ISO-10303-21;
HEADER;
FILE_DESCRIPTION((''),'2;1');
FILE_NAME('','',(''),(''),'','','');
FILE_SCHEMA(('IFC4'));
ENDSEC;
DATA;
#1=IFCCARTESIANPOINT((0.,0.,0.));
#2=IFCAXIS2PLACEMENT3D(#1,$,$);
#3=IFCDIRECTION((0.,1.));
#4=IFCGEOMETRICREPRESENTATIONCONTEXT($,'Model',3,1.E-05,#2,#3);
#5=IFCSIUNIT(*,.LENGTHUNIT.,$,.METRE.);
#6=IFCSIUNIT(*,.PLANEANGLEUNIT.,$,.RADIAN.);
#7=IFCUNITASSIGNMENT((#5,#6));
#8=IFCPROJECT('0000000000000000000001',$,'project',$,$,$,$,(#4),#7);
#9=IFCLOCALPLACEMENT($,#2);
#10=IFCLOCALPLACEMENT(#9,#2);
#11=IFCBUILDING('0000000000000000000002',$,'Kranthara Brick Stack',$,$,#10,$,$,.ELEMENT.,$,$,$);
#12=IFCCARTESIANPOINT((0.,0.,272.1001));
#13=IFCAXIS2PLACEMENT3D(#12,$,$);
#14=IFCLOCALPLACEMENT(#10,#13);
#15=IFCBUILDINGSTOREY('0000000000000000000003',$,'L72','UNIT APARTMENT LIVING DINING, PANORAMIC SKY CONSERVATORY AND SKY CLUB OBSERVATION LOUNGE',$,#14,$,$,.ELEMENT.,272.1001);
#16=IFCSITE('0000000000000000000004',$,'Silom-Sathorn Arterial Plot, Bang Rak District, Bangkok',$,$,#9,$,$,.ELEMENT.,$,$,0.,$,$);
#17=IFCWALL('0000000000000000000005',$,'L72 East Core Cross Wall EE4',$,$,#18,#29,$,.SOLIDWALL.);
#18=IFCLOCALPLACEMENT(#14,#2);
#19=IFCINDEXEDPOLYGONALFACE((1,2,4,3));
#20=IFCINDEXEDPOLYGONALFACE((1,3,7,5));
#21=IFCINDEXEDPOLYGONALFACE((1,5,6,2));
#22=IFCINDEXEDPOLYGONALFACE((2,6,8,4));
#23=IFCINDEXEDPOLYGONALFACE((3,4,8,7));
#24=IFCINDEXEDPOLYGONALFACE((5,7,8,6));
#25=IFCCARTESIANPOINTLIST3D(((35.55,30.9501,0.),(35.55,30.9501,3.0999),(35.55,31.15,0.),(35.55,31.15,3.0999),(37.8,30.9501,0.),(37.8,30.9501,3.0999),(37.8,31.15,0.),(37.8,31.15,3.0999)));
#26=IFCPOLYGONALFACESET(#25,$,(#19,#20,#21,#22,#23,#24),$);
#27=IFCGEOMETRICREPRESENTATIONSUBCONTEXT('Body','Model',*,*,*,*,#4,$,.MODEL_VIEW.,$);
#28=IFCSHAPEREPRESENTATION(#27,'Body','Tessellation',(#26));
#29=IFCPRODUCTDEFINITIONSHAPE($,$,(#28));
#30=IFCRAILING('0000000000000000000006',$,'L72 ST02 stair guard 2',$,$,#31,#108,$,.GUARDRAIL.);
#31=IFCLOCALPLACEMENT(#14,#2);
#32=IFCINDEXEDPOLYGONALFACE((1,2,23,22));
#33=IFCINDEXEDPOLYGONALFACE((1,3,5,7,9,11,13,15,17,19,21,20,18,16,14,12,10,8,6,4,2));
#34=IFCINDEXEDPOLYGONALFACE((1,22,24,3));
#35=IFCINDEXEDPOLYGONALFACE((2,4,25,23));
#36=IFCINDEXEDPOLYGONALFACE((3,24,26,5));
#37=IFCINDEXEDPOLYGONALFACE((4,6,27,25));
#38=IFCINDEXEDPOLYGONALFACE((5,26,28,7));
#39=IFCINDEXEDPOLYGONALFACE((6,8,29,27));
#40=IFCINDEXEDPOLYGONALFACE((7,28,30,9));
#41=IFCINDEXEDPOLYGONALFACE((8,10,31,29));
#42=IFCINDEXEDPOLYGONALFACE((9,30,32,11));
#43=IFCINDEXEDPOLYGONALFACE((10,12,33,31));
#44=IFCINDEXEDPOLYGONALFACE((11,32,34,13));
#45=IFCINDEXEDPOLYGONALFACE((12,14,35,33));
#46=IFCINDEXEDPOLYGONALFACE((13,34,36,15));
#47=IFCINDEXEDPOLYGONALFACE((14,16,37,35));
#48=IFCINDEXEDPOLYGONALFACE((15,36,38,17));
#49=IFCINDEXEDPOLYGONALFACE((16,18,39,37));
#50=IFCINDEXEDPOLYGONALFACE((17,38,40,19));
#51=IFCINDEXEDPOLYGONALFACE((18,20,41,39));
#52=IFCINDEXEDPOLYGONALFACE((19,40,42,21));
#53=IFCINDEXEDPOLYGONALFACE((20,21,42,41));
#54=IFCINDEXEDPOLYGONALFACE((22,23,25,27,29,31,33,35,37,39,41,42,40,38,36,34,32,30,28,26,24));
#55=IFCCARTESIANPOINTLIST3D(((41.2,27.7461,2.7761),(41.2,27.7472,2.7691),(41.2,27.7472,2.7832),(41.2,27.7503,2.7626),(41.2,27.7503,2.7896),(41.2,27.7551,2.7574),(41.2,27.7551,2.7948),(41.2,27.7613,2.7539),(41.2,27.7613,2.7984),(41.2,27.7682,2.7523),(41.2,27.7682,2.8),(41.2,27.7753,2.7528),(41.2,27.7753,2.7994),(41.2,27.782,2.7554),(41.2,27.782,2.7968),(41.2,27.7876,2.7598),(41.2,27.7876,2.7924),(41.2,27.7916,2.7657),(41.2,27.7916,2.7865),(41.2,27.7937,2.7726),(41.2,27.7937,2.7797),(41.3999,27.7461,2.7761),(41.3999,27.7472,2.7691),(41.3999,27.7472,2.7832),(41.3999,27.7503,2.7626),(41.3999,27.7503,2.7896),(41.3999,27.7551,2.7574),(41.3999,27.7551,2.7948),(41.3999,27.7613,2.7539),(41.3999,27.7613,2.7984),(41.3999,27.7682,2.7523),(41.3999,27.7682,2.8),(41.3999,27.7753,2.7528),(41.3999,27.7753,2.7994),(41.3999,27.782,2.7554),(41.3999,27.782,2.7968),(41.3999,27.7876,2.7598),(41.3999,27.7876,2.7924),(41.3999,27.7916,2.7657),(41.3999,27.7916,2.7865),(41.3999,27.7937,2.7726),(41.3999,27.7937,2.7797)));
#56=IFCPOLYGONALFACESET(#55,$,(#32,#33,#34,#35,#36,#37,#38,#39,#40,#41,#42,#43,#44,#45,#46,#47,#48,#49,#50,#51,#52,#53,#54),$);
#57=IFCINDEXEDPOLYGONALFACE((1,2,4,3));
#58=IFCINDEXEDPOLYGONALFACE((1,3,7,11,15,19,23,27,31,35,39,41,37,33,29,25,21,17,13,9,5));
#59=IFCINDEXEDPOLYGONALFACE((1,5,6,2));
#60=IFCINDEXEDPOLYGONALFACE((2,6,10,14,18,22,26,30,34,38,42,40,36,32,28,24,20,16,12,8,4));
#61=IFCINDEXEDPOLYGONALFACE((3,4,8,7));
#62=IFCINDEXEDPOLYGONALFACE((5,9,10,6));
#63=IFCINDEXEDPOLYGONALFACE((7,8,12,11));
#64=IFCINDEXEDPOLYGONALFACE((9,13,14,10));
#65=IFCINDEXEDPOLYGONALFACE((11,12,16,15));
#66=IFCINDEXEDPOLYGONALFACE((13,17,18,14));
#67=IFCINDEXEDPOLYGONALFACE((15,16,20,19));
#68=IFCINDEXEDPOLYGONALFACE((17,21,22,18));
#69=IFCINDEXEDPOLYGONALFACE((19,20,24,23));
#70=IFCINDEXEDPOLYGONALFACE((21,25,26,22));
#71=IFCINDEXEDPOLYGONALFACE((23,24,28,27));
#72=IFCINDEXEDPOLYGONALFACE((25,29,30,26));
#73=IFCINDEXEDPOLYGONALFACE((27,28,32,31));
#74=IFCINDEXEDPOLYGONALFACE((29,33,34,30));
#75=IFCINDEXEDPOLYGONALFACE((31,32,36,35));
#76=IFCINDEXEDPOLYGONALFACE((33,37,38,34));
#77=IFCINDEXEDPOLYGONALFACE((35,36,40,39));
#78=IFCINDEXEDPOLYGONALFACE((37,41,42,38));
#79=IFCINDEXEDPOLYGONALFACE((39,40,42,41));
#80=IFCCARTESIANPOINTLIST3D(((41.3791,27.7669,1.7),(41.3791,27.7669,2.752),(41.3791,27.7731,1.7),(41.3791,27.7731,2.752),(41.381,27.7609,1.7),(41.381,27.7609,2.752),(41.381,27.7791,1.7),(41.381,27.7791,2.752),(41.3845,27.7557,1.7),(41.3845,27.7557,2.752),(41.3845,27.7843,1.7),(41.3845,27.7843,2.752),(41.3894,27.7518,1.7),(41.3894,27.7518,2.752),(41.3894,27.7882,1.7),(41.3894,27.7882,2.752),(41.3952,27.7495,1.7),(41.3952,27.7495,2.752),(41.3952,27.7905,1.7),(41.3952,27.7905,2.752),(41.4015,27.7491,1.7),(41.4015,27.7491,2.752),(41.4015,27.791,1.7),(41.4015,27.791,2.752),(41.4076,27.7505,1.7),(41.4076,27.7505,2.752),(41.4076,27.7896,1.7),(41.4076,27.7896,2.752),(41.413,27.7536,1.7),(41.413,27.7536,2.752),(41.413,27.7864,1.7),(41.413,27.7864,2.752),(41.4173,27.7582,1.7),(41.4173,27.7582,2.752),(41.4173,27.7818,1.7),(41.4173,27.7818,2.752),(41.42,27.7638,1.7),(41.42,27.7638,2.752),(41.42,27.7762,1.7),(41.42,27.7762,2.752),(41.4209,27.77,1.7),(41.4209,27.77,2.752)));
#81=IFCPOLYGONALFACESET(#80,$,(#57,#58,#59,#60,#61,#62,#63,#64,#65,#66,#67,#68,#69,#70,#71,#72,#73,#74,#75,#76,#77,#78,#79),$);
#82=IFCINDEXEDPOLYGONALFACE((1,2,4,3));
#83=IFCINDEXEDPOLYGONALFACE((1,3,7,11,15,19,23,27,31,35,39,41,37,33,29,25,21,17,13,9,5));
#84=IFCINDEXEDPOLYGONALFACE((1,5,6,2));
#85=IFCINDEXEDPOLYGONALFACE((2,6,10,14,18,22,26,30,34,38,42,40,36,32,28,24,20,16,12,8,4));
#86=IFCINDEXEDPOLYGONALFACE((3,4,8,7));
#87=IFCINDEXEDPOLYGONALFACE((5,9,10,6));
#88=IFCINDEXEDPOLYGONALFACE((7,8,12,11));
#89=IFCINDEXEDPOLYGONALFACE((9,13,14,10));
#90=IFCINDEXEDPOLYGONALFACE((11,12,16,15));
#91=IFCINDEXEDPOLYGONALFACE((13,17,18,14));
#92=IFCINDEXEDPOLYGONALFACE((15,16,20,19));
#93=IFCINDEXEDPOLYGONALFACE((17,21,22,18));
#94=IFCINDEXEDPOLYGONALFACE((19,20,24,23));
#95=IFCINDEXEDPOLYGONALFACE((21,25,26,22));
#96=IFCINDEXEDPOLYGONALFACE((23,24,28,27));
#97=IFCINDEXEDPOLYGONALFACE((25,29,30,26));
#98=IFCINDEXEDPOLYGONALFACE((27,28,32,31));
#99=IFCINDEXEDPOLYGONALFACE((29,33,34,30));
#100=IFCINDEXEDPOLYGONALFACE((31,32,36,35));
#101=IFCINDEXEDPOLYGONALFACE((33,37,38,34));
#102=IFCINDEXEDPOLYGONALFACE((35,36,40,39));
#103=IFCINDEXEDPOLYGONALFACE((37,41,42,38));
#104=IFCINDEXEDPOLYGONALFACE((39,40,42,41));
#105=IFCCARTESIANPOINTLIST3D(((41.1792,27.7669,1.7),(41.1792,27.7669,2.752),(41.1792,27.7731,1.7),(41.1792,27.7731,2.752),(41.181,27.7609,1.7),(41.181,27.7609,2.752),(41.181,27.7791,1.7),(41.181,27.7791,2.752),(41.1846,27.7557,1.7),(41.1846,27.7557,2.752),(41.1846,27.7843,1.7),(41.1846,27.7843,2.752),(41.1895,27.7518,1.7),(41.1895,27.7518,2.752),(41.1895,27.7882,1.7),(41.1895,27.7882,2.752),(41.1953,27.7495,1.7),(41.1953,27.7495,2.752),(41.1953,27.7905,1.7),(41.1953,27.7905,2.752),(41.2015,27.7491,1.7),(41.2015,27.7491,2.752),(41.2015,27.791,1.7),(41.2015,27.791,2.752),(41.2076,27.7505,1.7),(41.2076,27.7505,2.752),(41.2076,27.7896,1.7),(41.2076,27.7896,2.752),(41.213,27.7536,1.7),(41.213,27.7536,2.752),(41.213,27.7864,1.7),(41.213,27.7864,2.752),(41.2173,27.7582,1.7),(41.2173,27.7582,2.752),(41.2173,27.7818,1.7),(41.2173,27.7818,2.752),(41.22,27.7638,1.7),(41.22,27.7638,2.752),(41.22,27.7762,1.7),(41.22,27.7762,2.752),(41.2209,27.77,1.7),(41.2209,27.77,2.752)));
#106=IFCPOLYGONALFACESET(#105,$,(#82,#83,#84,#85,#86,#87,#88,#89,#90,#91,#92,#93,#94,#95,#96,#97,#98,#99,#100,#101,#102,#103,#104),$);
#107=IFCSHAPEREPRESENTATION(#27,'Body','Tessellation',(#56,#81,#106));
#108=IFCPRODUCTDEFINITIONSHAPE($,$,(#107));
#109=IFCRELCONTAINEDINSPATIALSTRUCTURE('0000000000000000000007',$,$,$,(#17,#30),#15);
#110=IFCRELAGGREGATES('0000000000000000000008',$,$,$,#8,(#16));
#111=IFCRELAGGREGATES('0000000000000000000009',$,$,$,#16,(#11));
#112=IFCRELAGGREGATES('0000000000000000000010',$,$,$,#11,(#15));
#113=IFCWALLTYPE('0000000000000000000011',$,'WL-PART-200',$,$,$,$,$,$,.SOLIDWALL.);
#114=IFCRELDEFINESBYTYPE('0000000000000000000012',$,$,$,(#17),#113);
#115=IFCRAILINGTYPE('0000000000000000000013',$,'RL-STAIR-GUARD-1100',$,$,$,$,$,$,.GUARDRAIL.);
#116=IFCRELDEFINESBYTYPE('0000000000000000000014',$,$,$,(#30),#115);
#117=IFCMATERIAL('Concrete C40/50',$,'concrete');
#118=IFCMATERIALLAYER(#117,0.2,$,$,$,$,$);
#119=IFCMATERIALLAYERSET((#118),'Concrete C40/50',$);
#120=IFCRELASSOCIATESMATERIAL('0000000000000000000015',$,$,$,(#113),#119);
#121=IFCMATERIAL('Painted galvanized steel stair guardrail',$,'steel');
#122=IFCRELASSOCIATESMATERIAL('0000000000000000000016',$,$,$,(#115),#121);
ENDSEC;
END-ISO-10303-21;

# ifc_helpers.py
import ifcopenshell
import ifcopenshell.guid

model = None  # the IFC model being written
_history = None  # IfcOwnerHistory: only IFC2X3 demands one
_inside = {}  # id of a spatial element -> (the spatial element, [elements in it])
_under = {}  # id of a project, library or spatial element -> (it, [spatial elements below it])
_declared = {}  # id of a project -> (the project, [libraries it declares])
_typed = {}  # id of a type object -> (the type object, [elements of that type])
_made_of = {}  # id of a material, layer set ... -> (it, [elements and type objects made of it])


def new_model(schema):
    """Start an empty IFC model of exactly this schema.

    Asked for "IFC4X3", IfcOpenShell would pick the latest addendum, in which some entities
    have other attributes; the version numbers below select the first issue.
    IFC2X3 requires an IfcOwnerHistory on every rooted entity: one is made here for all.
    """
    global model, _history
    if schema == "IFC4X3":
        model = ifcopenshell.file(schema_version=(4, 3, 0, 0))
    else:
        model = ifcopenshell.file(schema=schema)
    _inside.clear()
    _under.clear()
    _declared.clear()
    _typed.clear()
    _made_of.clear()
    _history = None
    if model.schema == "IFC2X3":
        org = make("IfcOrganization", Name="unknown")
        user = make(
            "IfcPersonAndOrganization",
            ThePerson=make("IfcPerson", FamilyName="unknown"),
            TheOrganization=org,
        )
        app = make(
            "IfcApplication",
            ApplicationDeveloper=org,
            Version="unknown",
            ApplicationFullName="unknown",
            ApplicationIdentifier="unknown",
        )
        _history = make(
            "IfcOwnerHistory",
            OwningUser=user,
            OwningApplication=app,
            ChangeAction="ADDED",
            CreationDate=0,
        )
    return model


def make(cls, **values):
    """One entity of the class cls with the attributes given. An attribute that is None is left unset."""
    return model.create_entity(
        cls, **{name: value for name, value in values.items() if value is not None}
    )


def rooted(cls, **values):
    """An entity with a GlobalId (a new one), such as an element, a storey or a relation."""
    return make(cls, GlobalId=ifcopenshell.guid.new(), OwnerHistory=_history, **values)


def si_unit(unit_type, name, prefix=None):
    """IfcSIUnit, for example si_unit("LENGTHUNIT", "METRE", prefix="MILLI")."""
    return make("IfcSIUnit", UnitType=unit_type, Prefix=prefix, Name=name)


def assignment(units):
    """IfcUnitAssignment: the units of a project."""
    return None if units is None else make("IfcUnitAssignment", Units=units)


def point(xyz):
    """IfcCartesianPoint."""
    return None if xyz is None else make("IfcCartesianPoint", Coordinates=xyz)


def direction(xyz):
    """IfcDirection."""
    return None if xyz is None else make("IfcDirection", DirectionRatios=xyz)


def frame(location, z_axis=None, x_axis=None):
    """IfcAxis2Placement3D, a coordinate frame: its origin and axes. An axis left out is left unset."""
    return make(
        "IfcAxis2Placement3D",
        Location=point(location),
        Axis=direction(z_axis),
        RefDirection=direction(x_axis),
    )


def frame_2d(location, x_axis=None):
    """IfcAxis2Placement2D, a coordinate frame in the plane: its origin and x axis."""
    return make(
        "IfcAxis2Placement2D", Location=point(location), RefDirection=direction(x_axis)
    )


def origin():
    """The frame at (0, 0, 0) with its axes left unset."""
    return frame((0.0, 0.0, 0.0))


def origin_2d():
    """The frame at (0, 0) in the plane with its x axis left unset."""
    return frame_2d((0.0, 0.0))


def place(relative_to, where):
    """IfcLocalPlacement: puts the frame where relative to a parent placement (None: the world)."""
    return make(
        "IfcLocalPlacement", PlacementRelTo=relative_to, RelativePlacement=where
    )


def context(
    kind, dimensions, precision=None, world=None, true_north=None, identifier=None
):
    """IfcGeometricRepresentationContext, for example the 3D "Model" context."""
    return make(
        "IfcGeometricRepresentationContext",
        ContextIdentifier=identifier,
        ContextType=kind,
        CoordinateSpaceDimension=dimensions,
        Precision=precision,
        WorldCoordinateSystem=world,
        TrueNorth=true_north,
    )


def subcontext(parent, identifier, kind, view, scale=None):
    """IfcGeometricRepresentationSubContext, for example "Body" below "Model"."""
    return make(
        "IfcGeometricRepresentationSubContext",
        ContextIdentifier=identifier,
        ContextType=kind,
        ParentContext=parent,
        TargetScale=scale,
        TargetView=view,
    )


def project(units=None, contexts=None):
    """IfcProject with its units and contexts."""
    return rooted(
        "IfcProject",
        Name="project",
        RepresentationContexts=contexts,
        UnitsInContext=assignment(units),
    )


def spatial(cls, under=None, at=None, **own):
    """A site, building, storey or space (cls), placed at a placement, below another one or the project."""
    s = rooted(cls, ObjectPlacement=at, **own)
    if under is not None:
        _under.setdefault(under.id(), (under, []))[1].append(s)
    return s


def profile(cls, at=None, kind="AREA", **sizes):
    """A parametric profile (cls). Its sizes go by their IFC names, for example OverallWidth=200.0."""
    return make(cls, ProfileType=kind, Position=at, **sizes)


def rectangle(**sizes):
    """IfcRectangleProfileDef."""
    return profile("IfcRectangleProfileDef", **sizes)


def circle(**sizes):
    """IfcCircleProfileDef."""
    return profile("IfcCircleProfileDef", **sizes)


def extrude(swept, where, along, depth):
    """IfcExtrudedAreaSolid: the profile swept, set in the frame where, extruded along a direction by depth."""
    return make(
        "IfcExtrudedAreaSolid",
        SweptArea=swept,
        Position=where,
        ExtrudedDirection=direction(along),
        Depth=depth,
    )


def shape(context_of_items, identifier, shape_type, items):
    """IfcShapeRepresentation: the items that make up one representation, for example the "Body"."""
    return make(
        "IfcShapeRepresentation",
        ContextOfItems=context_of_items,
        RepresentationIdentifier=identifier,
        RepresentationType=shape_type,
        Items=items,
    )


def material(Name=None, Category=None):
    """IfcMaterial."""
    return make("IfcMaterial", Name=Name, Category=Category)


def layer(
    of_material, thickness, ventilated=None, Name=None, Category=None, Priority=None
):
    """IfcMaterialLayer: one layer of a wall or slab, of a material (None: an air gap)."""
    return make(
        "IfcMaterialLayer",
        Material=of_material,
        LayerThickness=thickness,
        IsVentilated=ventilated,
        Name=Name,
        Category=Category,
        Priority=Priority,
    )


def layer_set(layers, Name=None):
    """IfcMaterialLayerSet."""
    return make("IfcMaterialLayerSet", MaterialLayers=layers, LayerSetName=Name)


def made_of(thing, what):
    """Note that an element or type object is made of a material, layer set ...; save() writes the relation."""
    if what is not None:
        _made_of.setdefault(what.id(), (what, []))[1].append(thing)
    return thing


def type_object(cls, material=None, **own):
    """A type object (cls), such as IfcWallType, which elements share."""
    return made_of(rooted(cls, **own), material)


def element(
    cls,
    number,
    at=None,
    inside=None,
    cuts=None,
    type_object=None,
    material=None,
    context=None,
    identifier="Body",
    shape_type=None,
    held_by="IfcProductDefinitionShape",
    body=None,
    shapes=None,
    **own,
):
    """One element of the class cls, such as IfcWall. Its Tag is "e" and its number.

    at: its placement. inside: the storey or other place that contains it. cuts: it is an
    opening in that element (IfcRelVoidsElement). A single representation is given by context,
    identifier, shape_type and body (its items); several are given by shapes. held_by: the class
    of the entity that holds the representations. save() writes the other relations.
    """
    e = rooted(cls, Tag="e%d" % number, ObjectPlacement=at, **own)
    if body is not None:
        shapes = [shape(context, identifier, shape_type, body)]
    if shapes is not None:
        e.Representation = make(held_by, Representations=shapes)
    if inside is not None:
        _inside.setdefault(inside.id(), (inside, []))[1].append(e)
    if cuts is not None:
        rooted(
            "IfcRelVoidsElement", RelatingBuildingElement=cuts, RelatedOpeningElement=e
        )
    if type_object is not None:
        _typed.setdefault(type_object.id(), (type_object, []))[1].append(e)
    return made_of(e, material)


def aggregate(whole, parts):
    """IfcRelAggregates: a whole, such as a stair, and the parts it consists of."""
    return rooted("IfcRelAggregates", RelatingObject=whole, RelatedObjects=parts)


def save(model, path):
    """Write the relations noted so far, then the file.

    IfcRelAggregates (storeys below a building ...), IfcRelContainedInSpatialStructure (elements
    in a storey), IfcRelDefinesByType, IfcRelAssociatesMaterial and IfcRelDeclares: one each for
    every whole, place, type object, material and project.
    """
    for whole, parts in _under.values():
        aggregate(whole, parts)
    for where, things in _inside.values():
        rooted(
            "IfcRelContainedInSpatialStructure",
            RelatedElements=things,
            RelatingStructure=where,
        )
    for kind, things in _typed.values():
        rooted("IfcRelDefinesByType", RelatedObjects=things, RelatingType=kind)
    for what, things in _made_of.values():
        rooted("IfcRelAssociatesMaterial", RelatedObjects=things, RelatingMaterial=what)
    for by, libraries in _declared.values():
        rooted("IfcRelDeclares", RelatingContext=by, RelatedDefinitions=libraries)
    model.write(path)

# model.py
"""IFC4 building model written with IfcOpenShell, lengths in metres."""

from ifc_helpers import new_model, si_unit, direction, frame, frame_2d, origin, origin_2d, place, context, subcontext, project, spatial, rectangle, circle, extrude, material, layer, layer_set, type_object, element, save


model = new_model("IFC4")

# Units and contexts
model_context = context("Model", 3, precision=1e-05, world=origin(), true_north=direction((0.0, 1.0)))
body_context = subcontext(model_context, "Body", "Model", "MODEL_VIEW")
ifc_project = project(units=[si_unit("LENGTHUNIT", "METRE"), si_unit("PLANEANGLEUNIT", "RADIAN")], contexts=[model_context])

# Site, building, storey
site_placement = place(None, origin())
site = spatial("IfcSite", under=ifc_project, at=site_placement, Name="Silom-Sathorn Arterial Plot, Bang Rak District, Bangkok", CompositionType="ELEMENT", RefElevation=0.0)
building_placement = place(site_placement, origin())
building = spatial("IfcBuilding", under=site, at=building_placement, Name="Kranthara Brick Stack", CompositionType="ELEMENT")
storey_placement = place(building_placement, frame((0.0, 0.0, 272.1001)))
storey = spatial("IfcBuildingStorey", under=building, at=storey_placement, Name="L72", Description="UNIT APARTMENT LIVING DINING, PANORAMIC SKY CONSERVATORY AND SKY CLUB OBSERVATION LOUNGE", CompositionType="ELEMENT", Elevation=272.1001)

# Wall
ifc_material_1 = material(Name="Concrete C40/50", Category="concrete")
ifc_layer_1 = layer(ifc_material_1, 0.2)
ifc_layer_set_1 = layer_set([ifc_layer_1], Name="Concrete C40/50")
wall_type_1 = type_object("IfcWallType", Name="WL-PART-200", PredefinedType="SOLIDWALL", material=ifc_layer_set_1)
wall_1_placement = place(storey_placement, frame((35.55, 31.05, 0.0), z_axis=(0.0, 0.0, 1.0), x_axis=(1.0, 0.0, 0.0)))
element("IfcWall", 1, at=wall_1_placement, inside=storey, type_object=wall_type_1, Name="L72 East Core Cross Wall EE4", PredefinedType="SOLIDWALL", context=body_context, shape_type="SweptSolid", body=[
    extrude(rectangle(XDim=2.25, YDim=0.2, at=frame_2d((1.125, 0.0))), origin(), (0.0, 0.0, 1.0), 3.0999),
])

# Railing
ifc_material_2 = material(Name="Painted galvanized steel stair guardrail", Category="steel")
railing_type = type_object("IfcRailingType", Name="RL-STAIR-GUARD-1100", PredefinedType="GUARDRAIL", material=ifc_material_2)
railing_1_placement = place(storey_placement, frame((41.3999, 27.77, 1.7)))
element("IfcRailing", 2, at=railing_1_placement, inside=storey, type_object=railing_type, Name="L72 ST02 stair guard 2", PredefinedType="GUARDRAIL", context=body_context, shape_type="SweptSolid", body=[
    extrude(circle(Radius=0.0239, at=origin_2d()), frame((0.0, 0.0, 1.0762), z_axis=(-1.0, 0.0, 0.0), x_axis=(0.0, -1.0, 0.0)), (0.0, 0.0, 1.0), 0.2),
    extrude(circle(Radius=0.021, at=origin_2d()), origin(), (0.0, 0.0, 1.0), 1.052),
    extrude(circle(Radius=0.021, at=origin_2d()), frame((-0.2, 0.0, 0.0)), (0.0, 0.0, 1.0), 1.052),
])

save(model, "model.ifc")
